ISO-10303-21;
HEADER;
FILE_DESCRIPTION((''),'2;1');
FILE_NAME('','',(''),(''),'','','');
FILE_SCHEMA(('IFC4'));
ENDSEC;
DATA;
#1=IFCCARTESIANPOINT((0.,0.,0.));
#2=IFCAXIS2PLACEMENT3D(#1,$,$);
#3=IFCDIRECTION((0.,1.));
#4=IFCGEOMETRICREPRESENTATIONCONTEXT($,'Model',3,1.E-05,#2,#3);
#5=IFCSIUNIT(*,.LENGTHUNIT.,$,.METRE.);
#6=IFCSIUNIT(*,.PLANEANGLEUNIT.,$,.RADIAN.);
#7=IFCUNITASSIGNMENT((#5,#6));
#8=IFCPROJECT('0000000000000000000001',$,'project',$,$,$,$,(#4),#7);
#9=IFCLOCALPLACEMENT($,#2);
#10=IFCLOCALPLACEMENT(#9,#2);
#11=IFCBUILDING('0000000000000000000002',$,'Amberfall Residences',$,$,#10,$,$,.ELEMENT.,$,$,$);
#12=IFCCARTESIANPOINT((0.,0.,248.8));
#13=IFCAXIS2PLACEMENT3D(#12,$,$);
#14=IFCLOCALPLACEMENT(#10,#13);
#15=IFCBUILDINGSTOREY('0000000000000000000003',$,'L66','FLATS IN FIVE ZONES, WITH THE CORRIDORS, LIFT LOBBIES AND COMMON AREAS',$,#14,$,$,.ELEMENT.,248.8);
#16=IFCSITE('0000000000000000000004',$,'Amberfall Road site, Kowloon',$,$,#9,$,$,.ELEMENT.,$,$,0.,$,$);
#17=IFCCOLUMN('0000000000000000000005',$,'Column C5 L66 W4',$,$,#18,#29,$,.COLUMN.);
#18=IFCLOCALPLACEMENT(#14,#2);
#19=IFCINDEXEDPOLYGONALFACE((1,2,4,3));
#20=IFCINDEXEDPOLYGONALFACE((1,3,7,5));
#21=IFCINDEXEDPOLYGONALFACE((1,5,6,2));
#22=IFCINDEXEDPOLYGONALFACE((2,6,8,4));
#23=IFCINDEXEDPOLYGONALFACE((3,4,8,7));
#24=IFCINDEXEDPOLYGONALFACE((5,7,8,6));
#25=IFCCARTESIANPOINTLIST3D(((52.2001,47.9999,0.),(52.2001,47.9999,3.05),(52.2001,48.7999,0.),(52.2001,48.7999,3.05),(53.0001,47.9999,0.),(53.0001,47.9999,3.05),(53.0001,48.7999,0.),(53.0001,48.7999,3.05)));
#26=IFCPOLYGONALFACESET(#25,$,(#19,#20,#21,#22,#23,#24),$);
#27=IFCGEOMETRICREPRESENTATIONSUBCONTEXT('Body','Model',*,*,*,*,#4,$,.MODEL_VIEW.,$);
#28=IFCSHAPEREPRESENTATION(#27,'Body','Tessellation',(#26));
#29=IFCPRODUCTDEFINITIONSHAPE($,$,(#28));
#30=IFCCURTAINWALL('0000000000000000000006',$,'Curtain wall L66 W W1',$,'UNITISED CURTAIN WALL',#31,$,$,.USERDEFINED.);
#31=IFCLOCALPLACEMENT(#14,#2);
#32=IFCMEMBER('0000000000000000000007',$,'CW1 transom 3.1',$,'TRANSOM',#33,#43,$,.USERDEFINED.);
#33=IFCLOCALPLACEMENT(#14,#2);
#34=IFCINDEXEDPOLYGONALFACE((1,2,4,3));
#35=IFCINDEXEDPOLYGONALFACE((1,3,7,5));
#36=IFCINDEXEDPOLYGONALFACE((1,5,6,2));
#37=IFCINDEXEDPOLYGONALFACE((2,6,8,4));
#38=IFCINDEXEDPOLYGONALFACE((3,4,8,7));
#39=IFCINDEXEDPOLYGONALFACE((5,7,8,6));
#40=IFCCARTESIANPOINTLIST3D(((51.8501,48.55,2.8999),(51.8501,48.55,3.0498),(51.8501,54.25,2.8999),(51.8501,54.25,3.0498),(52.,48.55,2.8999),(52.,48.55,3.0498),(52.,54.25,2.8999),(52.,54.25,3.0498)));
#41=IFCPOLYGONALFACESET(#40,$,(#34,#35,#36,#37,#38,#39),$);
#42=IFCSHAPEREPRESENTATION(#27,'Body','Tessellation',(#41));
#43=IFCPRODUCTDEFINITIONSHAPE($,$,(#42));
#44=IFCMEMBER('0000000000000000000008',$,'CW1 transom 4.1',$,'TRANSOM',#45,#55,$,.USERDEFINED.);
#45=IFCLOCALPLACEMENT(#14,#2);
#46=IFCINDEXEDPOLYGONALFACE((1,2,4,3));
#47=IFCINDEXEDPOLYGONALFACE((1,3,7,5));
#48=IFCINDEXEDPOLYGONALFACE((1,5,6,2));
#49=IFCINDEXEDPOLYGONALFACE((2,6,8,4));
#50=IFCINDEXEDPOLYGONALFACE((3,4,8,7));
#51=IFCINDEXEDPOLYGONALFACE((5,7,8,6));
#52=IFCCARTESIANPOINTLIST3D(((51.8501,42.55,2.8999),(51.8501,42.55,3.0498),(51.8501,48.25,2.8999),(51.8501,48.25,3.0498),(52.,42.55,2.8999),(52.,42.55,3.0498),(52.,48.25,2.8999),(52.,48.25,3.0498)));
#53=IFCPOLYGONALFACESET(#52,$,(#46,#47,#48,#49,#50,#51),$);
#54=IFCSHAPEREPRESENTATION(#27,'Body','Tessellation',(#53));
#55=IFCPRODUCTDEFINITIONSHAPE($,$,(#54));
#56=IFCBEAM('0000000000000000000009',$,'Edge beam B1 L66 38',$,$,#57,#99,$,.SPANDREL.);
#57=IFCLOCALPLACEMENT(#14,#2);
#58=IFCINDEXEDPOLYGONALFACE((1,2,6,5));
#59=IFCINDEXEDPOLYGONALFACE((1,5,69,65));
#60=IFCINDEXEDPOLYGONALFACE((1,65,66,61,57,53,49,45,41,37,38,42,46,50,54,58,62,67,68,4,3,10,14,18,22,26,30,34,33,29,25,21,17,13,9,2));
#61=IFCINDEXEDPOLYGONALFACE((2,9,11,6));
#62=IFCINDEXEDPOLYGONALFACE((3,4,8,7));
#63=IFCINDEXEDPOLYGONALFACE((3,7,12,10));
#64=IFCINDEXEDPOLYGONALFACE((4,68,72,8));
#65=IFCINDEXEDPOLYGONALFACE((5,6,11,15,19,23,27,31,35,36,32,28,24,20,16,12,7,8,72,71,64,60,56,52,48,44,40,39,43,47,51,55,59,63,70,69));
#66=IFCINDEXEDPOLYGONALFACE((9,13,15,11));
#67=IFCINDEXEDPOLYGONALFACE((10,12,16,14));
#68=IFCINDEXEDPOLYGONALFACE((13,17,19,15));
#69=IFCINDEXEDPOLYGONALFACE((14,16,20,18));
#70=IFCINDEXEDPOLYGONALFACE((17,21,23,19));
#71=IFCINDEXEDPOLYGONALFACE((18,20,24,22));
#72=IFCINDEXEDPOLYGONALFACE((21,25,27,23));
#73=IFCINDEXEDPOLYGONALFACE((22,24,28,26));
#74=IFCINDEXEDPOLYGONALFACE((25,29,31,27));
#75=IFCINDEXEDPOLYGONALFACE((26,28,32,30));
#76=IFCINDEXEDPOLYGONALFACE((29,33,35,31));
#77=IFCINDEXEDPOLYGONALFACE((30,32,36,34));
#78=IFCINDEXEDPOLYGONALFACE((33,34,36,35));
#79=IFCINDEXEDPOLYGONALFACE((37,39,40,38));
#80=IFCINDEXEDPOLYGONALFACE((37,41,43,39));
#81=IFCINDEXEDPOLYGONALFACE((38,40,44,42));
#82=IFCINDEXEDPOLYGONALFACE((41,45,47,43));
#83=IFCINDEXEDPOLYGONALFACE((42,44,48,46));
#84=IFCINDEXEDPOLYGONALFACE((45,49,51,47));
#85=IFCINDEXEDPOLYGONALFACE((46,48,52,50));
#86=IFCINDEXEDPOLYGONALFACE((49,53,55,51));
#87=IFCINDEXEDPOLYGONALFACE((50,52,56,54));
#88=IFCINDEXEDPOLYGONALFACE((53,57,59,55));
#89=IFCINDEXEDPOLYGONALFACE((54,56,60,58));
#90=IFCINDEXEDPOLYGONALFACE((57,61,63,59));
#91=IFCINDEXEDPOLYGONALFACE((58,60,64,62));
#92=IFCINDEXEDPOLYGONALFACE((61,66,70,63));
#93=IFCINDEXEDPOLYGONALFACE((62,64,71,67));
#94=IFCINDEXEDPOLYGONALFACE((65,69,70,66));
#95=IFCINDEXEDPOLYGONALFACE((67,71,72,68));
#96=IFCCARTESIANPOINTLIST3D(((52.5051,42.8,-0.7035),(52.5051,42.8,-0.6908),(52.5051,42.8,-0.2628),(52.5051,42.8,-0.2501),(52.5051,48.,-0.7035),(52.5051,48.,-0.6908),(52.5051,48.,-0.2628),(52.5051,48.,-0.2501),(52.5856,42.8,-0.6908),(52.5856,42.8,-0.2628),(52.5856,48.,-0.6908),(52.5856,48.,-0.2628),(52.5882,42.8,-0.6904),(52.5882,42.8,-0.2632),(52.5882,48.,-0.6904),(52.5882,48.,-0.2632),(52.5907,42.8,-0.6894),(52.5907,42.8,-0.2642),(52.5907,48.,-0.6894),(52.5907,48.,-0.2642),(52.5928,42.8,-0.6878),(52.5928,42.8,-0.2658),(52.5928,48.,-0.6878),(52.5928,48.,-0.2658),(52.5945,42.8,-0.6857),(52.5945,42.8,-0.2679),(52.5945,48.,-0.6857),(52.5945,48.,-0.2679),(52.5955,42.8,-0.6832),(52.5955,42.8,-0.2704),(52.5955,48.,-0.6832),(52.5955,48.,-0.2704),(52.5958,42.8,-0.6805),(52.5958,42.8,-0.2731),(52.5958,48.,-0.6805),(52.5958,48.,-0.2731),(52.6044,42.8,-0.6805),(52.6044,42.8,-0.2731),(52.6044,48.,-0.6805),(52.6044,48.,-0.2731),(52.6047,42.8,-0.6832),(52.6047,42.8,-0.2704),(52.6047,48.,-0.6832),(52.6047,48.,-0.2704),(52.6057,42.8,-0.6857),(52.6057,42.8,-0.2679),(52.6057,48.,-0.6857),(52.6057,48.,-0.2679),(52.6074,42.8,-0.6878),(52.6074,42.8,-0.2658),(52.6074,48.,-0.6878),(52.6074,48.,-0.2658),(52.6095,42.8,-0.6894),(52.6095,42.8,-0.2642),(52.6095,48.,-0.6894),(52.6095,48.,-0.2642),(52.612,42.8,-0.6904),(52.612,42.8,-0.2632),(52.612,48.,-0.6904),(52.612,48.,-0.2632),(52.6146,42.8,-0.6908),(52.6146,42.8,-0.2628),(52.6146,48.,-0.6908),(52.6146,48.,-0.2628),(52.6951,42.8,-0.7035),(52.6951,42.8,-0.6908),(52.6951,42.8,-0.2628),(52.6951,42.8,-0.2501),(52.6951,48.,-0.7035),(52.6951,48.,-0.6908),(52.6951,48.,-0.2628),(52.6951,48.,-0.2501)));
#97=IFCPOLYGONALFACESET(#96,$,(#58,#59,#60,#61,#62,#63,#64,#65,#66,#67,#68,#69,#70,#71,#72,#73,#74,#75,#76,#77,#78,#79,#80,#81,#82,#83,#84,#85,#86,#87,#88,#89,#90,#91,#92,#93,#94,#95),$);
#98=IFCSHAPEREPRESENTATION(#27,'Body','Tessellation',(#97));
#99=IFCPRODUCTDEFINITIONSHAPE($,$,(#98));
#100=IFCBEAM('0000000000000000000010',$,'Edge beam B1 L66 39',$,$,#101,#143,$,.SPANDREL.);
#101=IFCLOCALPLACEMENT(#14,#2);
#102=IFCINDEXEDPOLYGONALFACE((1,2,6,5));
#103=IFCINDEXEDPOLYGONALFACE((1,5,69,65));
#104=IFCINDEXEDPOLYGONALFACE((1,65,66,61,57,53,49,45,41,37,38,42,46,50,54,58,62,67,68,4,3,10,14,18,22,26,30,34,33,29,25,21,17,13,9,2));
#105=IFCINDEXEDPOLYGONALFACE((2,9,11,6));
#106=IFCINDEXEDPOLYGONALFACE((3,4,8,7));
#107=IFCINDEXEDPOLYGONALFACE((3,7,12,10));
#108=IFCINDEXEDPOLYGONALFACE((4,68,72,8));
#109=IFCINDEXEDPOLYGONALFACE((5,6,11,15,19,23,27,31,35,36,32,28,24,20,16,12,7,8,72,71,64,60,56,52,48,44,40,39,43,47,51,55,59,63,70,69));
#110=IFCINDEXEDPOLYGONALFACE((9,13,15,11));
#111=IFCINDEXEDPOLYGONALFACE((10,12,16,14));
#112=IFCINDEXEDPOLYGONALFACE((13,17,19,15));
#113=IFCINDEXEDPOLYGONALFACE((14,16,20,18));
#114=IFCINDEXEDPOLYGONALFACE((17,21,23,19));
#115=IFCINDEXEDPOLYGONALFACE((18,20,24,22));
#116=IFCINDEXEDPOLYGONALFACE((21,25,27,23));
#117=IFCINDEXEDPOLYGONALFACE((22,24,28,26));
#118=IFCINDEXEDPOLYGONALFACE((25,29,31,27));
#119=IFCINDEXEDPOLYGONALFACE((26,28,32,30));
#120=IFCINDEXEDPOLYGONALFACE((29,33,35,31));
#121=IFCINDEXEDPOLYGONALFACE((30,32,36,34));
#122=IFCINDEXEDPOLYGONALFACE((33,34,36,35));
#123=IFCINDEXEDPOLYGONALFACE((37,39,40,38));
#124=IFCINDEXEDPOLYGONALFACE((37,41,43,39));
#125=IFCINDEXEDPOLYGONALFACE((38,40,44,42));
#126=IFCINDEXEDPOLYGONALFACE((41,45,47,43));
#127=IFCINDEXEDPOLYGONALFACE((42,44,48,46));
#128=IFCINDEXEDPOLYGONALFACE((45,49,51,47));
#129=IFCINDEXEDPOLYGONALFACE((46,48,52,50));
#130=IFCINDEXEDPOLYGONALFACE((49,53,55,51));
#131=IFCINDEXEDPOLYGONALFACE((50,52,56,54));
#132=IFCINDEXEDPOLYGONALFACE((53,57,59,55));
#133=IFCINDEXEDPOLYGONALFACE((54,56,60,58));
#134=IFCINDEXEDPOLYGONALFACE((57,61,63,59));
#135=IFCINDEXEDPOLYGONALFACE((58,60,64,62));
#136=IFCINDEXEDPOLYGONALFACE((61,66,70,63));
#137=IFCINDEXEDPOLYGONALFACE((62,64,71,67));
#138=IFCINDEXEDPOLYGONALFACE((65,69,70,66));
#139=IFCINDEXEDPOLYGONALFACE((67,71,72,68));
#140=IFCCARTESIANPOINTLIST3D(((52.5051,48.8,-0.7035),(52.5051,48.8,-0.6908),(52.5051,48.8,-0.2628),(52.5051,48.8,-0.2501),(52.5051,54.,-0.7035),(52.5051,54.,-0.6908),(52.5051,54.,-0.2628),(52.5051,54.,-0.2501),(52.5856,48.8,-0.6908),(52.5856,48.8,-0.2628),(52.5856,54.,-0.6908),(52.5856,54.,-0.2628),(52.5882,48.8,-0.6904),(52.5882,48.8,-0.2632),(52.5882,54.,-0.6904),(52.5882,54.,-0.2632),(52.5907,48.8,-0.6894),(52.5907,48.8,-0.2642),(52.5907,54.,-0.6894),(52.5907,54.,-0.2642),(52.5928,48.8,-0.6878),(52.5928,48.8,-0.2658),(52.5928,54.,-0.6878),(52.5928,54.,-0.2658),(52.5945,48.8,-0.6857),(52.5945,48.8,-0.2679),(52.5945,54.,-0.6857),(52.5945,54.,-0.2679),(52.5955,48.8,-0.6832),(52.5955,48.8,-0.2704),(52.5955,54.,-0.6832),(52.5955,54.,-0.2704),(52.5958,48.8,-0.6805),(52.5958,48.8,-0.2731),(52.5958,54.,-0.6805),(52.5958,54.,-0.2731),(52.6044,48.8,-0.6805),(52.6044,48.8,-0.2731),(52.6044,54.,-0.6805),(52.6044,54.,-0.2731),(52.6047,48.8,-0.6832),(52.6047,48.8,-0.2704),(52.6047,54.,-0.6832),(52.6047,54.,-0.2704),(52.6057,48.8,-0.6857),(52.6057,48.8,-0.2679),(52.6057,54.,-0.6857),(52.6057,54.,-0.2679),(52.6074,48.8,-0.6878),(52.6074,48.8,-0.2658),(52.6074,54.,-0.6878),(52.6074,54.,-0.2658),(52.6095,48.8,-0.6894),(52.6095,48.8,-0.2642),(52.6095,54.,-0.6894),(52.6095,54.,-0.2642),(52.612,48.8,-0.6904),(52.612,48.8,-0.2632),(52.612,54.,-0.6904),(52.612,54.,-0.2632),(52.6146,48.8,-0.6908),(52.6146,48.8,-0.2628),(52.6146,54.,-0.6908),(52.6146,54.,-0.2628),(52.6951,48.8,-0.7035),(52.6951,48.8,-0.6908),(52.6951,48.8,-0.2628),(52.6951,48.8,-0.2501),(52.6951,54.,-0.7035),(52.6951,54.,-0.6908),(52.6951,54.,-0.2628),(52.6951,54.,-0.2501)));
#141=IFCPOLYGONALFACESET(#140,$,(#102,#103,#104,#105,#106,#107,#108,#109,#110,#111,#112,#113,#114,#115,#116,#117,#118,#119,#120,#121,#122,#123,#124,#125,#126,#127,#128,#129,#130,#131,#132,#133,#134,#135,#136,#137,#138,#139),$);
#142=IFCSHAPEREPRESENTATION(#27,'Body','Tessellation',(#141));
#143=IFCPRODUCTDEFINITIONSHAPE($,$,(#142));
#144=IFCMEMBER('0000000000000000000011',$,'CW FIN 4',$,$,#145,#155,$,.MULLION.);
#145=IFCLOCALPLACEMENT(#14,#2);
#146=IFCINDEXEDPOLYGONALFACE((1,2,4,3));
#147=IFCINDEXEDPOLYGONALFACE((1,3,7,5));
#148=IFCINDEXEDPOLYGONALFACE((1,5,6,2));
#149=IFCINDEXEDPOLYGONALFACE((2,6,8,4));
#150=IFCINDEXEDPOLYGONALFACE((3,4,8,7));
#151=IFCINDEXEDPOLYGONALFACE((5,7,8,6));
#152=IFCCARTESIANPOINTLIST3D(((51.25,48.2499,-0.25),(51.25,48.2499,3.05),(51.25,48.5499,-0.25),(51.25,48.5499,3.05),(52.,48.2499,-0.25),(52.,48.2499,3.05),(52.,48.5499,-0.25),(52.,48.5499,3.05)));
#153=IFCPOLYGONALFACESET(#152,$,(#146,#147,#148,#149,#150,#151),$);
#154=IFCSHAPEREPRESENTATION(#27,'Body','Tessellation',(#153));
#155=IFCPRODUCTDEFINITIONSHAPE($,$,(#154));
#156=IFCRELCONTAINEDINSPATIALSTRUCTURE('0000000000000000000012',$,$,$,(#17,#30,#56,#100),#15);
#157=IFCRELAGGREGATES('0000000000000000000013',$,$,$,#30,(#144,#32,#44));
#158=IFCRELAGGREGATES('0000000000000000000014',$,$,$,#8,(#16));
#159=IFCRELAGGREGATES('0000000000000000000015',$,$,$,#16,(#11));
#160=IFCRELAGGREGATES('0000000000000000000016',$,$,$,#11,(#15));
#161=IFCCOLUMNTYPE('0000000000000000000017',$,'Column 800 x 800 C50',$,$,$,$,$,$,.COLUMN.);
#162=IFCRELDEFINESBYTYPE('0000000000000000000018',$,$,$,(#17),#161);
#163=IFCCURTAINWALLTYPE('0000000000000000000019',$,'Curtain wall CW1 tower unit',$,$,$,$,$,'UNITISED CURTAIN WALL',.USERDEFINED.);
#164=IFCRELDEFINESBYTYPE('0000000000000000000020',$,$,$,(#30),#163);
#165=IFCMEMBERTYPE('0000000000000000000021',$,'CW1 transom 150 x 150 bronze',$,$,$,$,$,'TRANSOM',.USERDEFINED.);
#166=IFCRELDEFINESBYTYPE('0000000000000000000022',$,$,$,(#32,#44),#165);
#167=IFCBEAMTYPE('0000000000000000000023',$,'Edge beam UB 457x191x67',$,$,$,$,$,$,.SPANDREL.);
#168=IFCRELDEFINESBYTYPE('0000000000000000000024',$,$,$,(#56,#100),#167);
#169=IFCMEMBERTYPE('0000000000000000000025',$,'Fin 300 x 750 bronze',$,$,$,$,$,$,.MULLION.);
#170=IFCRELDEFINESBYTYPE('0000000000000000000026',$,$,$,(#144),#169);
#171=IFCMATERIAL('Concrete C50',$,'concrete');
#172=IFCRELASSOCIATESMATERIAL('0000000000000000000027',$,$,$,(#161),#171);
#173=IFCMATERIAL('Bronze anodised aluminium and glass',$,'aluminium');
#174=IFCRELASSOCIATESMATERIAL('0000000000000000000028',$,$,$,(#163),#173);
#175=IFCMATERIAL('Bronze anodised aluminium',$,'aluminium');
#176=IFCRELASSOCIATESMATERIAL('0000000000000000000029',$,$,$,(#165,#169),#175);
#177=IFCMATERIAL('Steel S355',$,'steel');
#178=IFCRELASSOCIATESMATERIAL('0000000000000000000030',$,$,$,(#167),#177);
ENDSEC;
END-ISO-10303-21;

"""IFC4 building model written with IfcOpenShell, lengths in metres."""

from ifc_helpers import new_model, si_unit, direction, frame, origin, origin_2d, place, context, subcontext, project, spatial, rectangle, i_section, extrude, material, material_profile, profile_set, type_object, element, aggregate, save


model = new_model("IFC4")

# Units and contexts
model_context = context("Model", 3, precision=1e-05, world=origin(), true_north=direction((0.0, 1.0)))
body_context = subcontext(model_context, "Body", "Model", "MODEL_VIEW")
ifc_project = project(units=[si_unit("LENGTHUNIT", "METRE"), si_unit("PLANEANGLEUNIT", "RADIAN")], contexts=[model_context])

# Site, building, storey
site_placement = place(None, origin())
site = spatial("IfcSite", under=ifc_project, at=site_placement, Name="Amberfall Road site, Kowloon", CompositionType="ELEMENT", RefElevation=0.0)
building_placement = place(site_placement, origin())
building = spatial("IfcBuilding", under=site, at=building_placement, Name="Amberfall Residences", CompositionType="ELEMENT")
storey_placement = place(building_placement, frame((0.0, 0.0, 248.8)))
storey = spatial("IfcBuildingStorey", under=building, at=storey_placement, Name="L66", Description="FLATS IN FIVE ZONES, WITH THE CORRIDORS, LIFT LOBBIES AND COMMON AREAS", CompositionType="ELEMENT", Elevation=248.8)

# Column
ifc_material_1 = material(Name="Concrete C50", Category="concrete")
ifc_material_profile_1 = material_profile(ifc_material_1, rectangle(XDim=0.8, YDim=0.8, at=origin_2d()), Name="Column 800 x 800 C50")
ifc_profile_set_1 = profile_set([ifc_material_profile_1], Name="Concrete C50")
column_type = type_object("IfcColumnType", Name="Column 800 x 800 C50", PredefinedType="COLUMN", material=ifc_profile_set_1)
column_placement = place(storey_placement, frame((52.6001, 48.3999, 0.0), z_axis=(0.0, 0.0, 1.0), x_axis=(1.0, 0.0, 0.0)))
element("IfcColumn", 1, at=column_placement, inside=storey, type_object=column_type, Name="Column C5 L66 W4", PredefinedType="COLUMN", context=body_context, shape_type="SweptSolid", body=[
    extrude(rectangle(XDim=0.8, YDim=0.8, at=origin_2d()), origin(), (0.0, 0.0, 1.0), 3.05),
])

# Curtain wall, members
ifc_material_2 = material(Name="Bronze anodised aluminium and glass", Category="aluminium")
curtain_wall_type = type_object("IfcCurtainWallType", Name="Curtain wall CW1 tower unit", ElementType="UNITISED CURTAIN WALL", PredefinedType="USERDEFINED", material=ifc_material_2)
curtain_wall_placement = place(storey_placement, origin())
curtain_wall = element("IfcCurtainWall", 2, at=curtain_wall_placement, inside=storey, type_object=curtain_wall_type, Name="Curtain wall L66 W W1", ObjectType="UNITISED CURTAIN WALL", PredefinedType="USERDEFINED")
ifc_material_3 = material(Name="Bronze anodised aluminium", Category="aluminium")
ifc_material_profile_2 = material_profile(ifc_material_3, rectangle(XDim=0.1499, YDim=0.1499, at=origin_2d()), Name="CW1 transom 150 x 150 bronze")
ifc_profile_set_2 = profile_set([ifc_material_profile_2], Name="Bronze anodised aluminium")
member_type_1 = type_object("IfcMemberType", Name="CW1 transom 150 x 150 bronze", ElementType="TRANSOM", PredefinedType="USERDEFINED", material=ifc_profile_set_2)
member_1_placement = place(storey_placement, frame((51.925, 54.25, 2.9749), z_axis=(0.0, -1.0, 0.0), x_axis=(1.0, 0.0, 0.0)))
member_1 = element("IfcMember", 3, at=member_1_placement, type_object=member_type_1, Name="CW1 transom 3.1", ObjectType="TRANSOM", PredefinedType="USERDEFINED", context=body_context, shape_type="SweptSolid", body=[
    extrude(rectangle(XDim=0.1499, YDim=0.1499, at=origin_2d()), origin(), (0.0, 0.0, 1.0), 5.7),
])
member_2_placement = place(storey_placement, frame((51.925, 48.25, 2.9749), z_axis=(0.0, -1.0, 0.0), x_axis=(1.0, 0.0, 0.0)))
member_2 = element("IfcMember", 4, at=member_2_placement, type_object=member_type_1, Name="CW1 transom 4.1", ObjectType="TRANSOM", PredefinedType="USERDEFINED", context=body_context, shape_type="SweptSolid", body=[
    extrude(rectangle(XDim=0.1499, YDim=0.1499, at=origin_2d()), origin(), (0.0, 0.0, 1.0), 5.7),
])

# Beams
ifc_material_4 = material(Name="Steel S355", Category="steel")
ifc_material_profile_3 = material_profile(ifc_material_4, i_section(OverallWidth=0.1899, OverallDepth=0.4534, WebThickness=0.0085, FlangeThickness=0.0127, FilletRadius=0.0103, at=origin_2d()), Name="UB 457x191x67")
ifc_profile_set_3 = profile_set([ifc_material_profile_3], Name="Steel S355")
beam_type_1 = type_object("IfcBeamType", Name="Edge beam UB 457x191x67", PredefinedType="SPANDREL", material=ifc_profile_set_3)
for number, where, z_axis, x_axis, name in (
    (5, (52.6001, 42.8, -0.4768), (0.0, 1.0, 0.0), (-1.0, 0.0, 0.0), "Edge beam B1 L66 38"),
    (6, (52.6001, 48.8, -0.4768), (0.0, 1.0, 0.0), (-1.0, 0.0, 0.0), "Edge beam B1 L66 39"),
):
    element("IfcBeam", number, at=place(storey_placement, frame(where, z_axis=z_axis, x_axis=x_axis)), inside=storey, type_object=beam_type_1, Name=name, PredefinedType="SPANDREL", context=body_context, shape_type="SweptSolid", body=[
        extrude(i_section(OverallWidth=0.1899, OverallDepth=0.4534, WebThickness=0.0085, FlangeThickness=0.0127, FilletRadius=0.0103, at=origin_2d()), origin(), (0.0, 0.0, 1.0), 5.2),
    ])

# Member
ifc_material_profile_4 = material_profile(ifc_material_3, rectangle(XDim=0.75, YDim=0.3, at=origin_2d()), Name="Fin 300 x 750 bronze")
ifc_profile_set_4 = profile_set([ifc_material_profile_4], Name="Bronze anodised aluminium")
member_type_2 = type_object("IfcMemberType", Name="Fin 300 x 750 bronze", PredefinedType="MULLION", material=ifc_profile_set_4)
member_3_placement = place(storey_placement, frame((51.625, 48.3999, -0.25), z_axis=(0.0, 0.0, 1.0), x_axis=(1.0, 0.0, 0.0)))
member_3 = element("IfcMember", 7, at=member_3_placement, type_object=member_type_2, Name="CW FIN 4", PredefinedType="MULLION", context=body_context, shape_type="SweptSolid", body=[
    extrude(rectangle(XDim=0.75, YDim=0.3, at=origin_2d()), origin(), (0.0, 0.0, 1.0), 3.3),
])

aggregate(curtain_wall, [member_3, member_1, member_2])

save(model, "model.ifc")
